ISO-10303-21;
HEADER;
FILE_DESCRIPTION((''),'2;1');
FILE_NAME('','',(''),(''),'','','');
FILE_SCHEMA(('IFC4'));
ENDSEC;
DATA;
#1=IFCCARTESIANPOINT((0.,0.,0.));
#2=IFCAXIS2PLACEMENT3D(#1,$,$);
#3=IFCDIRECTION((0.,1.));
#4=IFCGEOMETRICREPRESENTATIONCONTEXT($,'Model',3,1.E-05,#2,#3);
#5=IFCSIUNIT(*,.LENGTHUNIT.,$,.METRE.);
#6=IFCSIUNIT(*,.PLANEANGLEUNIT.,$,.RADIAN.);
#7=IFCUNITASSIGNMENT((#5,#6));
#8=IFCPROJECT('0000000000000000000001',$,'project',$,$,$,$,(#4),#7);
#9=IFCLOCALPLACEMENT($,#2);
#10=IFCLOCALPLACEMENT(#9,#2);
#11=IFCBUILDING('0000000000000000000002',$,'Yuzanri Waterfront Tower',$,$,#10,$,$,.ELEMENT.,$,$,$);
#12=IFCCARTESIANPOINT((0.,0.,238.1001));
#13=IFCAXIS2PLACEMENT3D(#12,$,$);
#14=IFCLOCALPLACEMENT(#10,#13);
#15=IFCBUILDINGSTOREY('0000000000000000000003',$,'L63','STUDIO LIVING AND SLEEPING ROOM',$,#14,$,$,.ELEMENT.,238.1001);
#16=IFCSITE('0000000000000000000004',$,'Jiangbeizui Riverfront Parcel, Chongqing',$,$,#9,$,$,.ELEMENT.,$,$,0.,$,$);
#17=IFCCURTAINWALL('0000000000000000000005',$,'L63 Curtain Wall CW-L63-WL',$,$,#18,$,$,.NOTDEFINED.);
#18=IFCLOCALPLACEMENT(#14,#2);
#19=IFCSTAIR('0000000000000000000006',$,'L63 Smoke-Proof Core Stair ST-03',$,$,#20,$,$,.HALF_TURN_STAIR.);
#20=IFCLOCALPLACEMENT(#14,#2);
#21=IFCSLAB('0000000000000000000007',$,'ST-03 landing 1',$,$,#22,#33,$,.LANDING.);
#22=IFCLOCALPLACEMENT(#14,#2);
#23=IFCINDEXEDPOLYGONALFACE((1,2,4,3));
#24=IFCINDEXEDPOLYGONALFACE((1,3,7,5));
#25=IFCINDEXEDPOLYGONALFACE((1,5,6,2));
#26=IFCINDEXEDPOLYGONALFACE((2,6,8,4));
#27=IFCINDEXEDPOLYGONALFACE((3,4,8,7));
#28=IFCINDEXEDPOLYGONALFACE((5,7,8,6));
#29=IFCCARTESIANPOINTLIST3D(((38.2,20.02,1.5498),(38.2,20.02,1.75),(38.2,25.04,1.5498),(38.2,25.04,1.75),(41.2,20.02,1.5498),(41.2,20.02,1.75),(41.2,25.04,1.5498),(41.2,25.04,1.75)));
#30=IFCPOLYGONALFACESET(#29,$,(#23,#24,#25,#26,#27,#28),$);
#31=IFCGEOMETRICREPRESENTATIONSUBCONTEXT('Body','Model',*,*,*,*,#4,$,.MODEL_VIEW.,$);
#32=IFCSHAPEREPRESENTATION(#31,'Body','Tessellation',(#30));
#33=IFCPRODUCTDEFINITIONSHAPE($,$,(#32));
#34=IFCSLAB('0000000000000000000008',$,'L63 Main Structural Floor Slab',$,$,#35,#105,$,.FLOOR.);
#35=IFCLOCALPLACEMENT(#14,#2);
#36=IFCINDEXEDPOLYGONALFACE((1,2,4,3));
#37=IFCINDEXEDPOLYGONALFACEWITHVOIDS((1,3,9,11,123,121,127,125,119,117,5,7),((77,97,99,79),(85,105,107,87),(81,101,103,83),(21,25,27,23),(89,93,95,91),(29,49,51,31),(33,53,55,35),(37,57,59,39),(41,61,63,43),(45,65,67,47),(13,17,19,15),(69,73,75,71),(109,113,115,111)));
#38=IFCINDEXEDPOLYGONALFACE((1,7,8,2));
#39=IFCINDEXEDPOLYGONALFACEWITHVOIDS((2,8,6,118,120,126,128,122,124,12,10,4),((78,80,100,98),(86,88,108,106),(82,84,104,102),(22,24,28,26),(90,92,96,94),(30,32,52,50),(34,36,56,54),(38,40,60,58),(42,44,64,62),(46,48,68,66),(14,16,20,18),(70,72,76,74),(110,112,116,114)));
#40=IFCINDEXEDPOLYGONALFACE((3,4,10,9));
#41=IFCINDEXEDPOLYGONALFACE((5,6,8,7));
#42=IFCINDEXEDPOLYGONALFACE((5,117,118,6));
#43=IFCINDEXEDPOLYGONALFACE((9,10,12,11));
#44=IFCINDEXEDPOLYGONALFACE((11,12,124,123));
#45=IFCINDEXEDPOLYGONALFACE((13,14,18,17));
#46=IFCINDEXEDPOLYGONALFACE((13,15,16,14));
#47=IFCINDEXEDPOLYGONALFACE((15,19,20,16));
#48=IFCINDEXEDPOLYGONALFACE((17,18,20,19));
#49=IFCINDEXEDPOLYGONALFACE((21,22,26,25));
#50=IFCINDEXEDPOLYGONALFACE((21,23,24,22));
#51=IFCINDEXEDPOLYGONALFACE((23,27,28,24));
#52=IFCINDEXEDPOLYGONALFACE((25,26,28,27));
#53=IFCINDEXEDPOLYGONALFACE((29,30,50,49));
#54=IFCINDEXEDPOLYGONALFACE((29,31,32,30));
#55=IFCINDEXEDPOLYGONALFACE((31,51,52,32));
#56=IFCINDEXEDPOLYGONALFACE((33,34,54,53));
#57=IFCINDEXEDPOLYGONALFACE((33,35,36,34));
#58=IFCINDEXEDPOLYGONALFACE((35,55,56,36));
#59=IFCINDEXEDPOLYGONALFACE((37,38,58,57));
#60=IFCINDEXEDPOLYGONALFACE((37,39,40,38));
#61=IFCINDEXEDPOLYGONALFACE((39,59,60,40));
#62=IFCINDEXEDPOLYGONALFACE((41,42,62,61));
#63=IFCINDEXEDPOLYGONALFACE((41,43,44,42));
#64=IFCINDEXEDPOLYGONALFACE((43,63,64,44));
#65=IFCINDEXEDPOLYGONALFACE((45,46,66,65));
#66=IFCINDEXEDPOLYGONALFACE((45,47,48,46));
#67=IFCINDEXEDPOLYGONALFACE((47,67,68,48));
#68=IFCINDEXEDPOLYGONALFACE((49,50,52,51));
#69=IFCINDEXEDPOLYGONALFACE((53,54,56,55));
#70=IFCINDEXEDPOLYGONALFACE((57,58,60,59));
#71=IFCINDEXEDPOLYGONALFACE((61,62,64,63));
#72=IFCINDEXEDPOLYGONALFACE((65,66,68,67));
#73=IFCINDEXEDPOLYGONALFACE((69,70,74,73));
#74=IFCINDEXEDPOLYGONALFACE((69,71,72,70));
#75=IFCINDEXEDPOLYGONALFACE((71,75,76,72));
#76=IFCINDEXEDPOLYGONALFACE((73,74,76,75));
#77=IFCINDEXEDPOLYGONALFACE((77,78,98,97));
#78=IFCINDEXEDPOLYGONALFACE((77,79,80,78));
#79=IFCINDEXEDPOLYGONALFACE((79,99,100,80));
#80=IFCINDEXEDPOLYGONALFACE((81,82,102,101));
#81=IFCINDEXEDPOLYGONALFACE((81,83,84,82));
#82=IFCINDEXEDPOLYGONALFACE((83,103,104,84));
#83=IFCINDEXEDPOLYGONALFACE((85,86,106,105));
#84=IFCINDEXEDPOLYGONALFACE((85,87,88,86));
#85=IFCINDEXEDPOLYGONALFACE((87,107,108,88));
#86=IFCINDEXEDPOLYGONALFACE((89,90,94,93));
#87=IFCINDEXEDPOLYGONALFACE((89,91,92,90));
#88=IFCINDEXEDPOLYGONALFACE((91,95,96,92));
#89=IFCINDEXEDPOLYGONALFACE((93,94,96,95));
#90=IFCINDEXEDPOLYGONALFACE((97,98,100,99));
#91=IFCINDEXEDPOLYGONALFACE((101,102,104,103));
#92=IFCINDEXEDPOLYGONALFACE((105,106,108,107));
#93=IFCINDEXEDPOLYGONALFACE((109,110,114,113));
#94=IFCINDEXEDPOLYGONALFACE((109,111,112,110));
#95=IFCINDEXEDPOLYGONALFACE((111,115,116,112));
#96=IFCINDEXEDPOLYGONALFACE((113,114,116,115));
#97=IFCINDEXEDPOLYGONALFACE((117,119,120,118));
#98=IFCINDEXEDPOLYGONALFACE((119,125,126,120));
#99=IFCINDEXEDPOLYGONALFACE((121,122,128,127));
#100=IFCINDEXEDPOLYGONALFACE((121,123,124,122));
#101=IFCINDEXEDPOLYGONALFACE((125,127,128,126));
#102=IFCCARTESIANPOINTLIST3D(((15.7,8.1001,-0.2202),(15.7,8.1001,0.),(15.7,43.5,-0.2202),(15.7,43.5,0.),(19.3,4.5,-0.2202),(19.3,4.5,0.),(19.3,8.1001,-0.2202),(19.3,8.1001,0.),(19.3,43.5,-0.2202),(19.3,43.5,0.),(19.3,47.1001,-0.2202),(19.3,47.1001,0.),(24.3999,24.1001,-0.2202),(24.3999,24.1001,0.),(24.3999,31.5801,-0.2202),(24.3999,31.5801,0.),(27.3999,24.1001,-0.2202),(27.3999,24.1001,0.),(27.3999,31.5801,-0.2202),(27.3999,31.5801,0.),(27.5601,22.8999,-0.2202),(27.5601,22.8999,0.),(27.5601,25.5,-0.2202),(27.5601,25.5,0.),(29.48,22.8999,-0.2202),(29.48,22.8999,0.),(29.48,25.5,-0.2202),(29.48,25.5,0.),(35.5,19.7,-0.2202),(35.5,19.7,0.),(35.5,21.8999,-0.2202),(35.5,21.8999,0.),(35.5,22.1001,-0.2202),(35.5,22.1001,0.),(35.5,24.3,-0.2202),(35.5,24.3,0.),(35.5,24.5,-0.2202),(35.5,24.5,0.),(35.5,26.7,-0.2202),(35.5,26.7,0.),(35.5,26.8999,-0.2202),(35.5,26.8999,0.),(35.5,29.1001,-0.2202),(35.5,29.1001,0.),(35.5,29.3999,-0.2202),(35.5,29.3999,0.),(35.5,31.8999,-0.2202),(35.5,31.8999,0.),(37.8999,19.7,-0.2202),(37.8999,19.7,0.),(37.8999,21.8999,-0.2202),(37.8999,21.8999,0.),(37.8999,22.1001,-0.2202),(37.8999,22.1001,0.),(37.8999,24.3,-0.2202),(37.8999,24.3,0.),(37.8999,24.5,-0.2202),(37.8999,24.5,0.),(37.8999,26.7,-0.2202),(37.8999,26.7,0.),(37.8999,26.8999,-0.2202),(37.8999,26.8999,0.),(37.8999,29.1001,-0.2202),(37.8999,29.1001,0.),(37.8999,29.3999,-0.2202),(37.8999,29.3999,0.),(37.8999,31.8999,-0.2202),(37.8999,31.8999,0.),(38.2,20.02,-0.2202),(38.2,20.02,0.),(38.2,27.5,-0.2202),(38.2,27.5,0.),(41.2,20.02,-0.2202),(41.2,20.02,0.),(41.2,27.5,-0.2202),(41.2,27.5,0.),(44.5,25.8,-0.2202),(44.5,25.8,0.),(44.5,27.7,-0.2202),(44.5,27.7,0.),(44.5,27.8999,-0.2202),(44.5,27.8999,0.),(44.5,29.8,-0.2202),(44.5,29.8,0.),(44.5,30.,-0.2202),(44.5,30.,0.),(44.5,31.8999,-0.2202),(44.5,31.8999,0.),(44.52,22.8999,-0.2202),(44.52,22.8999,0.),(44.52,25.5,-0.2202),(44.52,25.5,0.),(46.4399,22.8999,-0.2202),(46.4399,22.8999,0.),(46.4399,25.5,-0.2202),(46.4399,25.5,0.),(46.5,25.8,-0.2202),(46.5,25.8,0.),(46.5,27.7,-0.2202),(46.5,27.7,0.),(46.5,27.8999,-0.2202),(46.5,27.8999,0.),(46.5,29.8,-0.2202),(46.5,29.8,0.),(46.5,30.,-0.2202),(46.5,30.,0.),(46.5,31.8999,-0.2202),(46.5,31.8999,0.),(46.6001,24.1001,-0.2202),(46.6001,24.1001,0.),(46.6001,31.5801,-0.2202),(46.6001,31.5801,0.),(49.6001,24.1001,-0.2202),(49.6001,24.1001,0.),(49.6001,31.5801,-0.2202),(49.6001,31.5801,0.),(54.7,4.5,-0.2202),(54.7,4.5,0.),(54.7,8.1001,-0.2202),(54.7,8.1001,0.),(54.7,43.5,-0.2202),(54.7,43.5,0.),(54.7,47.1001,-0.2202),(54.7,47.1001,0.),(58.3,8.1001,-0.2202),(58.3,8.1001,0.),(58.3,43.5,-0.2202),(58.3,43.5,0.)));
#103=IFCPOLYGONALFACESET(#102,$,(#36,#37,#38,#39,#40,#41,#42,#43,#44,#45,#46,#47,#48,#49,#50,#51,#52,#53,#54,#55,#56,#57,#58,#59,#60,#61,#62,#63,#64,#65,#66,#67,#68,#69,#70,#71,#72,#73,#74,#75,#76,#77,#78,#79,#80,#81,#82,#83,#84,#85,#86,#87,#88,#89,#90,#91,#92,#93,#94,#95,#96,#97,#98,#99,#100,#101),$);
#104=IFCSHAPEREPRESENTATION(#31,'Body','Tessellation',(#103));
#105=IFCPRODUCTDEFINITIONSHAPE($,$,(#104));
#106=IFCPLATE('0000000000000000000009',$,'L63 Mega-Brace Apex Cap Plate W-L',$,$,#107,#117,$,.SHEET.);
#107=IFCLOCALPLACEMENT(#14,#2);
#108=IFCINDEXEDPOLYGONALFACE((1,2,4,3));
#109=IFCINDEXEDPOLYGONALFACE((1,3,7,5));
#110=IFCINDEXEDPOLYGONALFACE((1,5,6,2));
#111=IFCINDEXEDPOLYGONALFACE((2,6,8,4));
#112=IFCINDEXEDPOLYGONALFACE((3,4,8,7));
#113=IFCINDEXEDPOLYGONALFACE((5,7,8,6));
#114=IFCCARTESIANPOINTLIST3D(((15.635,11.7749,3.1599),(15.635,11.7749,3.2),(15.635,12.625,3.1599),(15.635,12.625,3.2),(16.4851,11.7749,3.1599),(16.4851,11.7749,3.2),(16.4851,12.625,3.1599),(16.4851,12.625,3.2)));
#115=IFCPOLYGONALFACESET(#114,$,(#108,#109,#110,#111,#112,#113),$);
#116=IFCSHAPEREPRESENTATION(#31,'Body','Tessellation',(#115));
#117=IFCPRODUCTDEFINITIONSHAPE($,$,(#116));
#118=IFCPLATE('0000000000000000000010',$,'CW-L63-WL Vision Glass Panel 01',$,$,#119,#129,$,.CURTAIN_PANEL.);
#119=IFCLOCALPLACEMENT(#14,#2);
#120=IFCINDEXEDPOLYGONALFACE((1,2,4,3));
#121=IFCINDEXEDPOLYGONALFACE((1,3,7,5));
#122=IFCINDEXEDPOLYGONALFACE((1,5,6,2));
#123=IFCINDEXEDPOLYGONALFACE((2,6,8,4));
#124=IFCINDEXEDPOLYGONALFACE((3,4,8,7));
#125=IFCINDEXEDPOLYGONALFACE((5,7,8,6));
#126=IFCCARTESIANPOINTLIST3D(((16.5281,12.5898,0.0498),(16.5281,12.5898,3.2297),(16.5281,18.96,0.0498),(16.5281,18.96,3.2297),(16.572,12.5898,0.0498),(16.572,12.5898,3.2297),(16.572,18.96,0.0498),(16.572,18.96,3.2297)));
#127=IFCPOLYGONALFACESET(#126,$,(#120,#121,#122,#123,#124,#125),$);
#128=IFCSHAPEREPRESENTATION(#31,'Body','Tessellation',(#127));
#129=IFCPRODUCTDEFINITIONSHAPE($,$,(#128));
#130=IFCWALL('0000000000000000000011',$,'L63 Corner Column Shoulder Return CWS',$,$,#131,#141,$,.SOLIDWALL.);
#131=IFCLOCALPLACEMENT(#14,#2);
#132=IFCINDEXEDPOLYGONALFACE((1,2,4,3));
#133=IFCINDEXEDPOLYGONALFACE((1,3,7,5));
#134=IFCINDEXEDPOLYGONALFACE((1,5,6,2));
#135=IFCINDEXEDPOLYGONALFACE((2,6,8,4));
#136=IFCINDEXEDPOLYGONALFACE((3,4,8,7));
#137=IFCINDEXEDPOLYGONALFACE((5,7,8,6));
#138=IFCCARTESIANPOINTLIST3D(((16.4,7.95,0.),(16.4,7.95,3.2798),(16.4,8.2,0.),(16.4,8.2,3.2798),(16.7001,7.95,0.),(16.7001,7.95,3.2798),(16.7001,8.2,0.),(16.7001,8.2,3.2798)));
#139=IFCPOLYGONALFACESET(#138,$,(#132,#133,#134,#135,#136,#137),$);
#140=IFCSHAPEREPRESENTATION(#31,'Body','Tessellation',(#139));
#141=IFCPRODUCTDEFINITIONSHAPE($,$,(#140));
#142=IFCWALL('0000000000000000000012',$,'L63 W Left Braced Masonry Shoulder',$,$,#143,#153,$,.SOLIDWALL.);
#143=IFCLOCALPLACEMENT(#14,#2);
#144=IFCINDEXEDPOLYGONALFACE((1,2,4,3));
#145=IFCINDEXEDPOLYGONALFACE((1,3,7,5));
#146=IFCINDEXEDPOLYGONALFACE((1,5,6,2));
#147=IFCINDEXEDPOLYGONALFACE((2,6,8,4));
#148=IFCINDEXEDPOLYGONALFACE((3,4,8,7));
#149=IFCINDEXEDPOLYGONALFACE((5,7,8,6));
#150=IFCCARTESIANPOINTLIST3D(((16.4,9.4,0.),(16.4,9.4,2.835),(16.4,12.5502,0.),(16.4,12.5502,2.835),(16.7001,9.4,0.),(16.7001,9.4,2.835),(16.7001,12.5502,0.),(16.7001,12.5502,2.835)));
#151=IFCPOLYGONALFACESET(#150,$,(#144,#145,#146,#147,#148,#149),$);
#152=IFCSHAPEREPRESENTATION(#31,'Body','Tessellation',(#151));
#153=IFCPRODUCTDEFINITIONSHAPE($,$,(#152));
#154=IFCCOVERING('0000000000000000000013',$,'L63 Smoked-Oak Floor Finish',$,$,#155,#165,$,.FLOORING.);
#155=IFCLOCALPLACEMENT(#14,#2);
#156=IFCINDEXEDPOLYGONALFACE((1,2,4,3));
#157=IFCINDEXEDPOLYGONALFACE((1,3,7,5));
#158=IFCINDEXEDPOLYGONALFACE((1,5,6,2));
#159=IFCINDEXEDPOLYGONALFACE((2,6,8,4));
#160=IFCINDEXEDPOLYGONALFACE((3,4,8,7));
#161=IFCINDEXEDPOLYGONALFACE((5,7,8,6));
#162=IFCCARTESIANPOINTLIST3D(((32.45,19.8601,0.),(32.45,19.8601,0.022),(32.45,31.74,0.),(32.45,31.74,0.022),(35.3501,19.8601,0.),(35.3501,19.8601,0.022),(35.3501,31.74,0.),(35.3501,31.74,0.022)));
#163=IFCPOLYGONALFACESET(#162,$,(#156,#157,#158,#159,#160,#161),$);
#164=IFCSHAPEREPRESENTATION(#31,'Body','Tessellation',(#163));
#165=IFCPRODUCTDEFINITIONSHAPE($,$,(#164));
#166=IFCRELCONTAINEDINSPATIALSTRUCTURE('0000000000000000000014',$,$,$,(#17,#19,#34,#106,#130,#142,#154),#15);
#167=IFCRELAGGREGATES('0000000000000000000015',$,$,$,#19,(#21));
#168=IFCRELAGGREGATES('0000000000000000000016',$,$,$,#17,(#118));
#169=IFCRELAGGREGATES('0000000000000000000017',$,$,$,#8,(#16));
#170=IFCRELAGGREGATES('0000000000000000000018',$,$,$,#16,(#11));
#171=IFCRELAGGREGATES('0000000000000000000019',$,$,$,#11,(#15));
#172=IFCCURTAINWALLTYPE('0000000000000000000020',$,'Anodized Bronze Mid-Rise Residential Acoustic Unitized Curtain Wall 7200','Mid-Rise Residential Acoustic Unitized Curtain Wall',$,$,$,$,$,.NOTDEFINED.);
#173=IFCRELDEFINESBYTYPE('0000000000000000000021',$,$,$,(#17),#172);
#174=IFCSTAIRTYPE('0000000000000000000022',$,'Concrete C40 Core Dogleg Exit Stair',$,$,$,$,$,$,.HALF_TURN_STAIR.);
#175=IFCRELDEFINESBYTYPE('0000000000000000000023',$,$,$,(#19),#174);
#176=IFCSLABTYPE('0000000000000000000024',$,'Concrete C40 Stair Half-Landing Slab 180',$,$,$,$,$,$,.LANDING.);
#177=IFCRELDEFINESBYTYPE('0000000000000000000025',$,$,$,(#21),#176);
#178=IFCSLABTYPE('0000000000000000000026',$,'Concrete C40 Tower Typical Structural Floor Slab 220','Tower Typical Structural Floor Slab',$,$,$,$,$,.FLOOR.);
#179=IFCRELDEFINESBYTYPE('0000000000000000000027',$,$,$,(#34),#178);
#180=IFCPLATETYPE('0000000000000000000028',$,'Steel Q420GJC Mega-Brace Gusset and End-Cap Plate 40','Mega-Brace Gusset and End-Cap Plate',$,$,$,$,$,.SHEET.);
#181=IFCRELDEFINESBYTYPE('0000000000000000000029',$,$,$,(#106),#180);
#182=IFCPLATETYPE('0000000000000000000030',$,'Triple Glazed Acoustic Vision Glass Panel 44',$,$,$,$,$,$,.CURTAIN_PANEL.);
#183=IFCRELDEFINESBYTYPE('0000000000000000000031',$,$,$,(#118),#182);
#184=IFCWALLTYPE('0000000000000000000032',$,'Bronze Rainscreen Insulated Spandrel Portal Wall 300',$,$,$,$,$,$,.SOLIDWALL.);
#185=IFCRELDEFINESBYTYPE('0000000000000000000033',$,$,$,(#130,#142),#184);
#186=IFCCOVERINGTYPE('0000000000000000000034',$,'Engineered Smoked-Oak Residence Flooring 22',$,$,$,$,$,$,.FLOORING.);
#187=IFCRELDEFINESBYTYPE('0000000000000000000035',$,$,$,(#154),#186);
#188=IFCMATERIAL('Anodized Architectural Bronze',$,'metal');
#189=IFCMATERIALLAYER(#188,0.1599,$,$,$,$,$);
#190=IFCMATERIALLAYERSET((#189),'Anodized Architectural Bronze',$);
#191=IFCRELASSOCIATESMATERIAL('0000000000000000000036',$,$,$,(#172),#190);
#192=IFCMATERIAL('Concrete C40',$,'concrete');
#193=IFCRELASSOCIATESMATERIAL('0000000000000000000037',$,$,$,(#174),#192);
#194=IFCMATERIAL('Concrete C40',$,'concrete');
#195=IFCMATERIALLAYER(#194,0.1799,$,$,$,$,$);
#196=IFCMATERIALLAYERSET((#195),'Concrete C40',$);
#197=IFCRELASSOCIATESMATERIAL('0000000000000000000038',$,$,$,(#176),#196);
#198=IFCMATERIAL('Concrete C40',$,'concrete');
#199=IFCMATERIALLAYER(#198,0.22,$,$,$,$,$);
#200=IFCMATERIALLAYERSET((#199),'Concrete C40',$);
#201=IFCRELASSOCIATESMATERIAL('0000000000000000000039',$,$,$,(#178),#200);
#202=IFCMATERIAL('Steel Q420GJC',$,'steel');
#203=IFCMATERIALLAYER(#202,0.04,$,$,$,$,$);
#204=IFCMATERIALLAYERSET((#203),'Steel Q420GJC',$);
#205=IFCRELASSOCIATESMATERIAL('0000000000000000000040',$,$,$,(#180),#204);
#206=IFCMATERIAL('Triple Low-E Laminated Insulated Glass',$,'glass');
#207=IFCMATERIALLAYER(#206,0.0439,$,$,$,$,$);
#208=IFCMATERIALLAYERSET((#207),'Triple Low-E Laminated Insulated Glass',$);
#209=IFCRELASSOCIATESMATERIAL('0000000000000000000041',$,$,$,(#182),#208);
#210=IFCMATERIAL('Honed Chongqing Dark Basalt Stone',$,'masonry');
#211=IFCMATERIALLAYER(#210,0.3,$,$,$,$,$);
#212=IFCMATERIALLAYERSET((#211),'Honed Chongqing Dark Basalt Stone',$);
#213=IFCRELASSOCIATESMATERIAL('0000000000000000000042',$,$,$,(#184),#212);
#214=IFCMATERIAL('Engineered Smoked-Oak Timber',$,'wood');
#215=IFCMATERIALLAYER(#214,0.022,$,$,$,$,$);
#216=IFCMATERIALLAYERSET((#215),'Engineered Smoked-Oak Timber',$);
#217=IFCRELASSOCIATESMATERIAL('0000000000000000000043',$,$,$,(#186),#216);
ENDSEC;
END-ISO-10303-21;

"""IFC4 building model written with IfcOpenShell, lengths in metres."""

from ifc_helpers import new_model, si_unit, direction, frame, frame_2d, origin, origin_2d, place, context, subcontext, project, spatial, polyline, rectangle, outline, extrude, source, transform, mapped, material, layer, layer_set, type_object, element, aggregate, save


model = new_model("IFC4")

# Units and contexts
model_context = context("Model", 3, precision=1e-05, world=origin(), true_north=direction((0.0, 1.0)))
body_context = subcontext(model_context, "Body", "Model", "MODEL_VIEW")
ifc_project = project(units=[si_unit("LENGTHUNIT", "METRE"), si_unit("PLANEANGLEUNIT", "RADIAN")], contexts=[model_context])

# Site, building, storey
site_placement = place(None, origin())
site = spatial("IfcSite", under=ifc_project, at=site_placement, Name="Jiangbeizui Riverfront Parcel, Chongqing", CompositionType="ELEMENT", RefElevation=0.0)
building_placement = place(site_placement, origin())
building = spatial("IfcBuilding", under=site, at=building_placement, Name="Yuzanri Waterfront Tower", CompositionType="ELEMENT")
storey_placement = place(building_placement, frame((0.0, 0.0, 238.1001)))
storey = spatial("IfcBuildingStorey", under=building, at=storey_placement, Name="L63", Description="STUDIO LIVING AND SLEEPING ROOM", CompositionType="ELEMENT", Elevation=238.1001)

# Curtain wall
ifc_material_1 = material(Name="Anodized Architectural Bronze", Category="metal")
ifc_layer_1 = layer(ifc_material_1, 0.1599)
ifc_layer_set_1 = layer_set([ifc_layer_1], Name="Anodized Architectural Bronze")
curtain_wall_type = type_object("IfcCurtainWallType", Name="Anodized Bronze Mid-Rise Residential Acoustic Unitized Curtain Wall 7200", Description="Mid-Rise Residential Acoustic Unitized Curtain Wall", PredefinedType="NOTDEFINED", material=ifc_layer_set_1)
curtain_wall_placement = place(storey_placement, origin())
curtain_wall = element("IfcCurtainWall", 1, at=curtain_wall_placement, inside=storey, type_object=curtain_wall_type, Name="L63 Curtain Wall CW-L63-WL", PredefinedType="NOTDEFINED")

# Stair, slab
ifc_material_2 = material(Name="Concrete C40", Category="concrete")
stair_type = type_object("IfcStairType", Name="Concrete C40 Core Dogleg Exit Stair", PredefinedType="HALF_TURN_STAIR", material=ifc_material_2)
ifc_material_3 = material(Name="Concrete C40", Category="concrete")
ifc_layer_2 = layer(ifc_material_3, 0.1799)
ifc_layer_set_2 = layer_set([ifc_layer_2], Name="Concrete C40")
slab_type_1 = type_object("IfcSlabType", Name="Concrete C40 Stair Half-Landing Slab 180", PredefinedType="LANDING", material=ifc_layer_set_2)
stair_1_placement = place(storey_placement, origin())
stair_1 = element("IfcStair", 2, at=stair_1_placement, inside=storey, type_object=stair_type, Name="L63 Smoke-Proof Core Stair ST-03", PredefinedType="HALF_TURN_STAIR")
slab_1_placement = place(storey_placement, frame((0.0, 0.0, 1.5498)))
slab_1 = element("IfcSlab", 3, at=slab_1_placement, type_object=slab_type_1, Name="ST-03 landing 1", PredefinedType="LANDING", context=body_context, shape_type="SweptSolid", body=[
    extrude(outline(polyline([(38.2, 25.04), (38.2, 20.02), (41.2, 20.02), (41.2, 25.04), (38.2, 25.04)])), origin(), (0.0, 0.0, 1.0), 0.2002),
])
aggregate(stair_1, [slab_1])

# Slab
ifc_material_4 = material(Name="Concrete C40", Category="concrete")
ifc_layer_3 = layer(ifc_material_4, 0.22)
ifc_layer_set_3 = layer_set([ifc_layer_3], Name="Concrete C40")
slab_type_2 = type_object("IfcSlabType", Name="Concrete C40 Tower Typical Structural Floor Slab 220", Description="Tower Typical Structural Floor Slab", PredefinedType="FLOOR", material=ifc_layer_set_3)
slab_2_placement = place(storey_placement, frame((0.0, 0.0, -0.2202)))
element("IfcSlab", 4, at=slab_2_placement, inside=storey, type_object=slab_type_2, Name="L63 Main Structural Floor Slab", PredefinedType="FLOOR", context=body_context, shape_type="SweptSolid", body=[
    extrude(outline(polyline([(19.3, 4.5), (54.7, 4.5), (54.7, 8.1001), (58.3, 8.1001), (58.3, 43.5), (54.7, 43.5), (54.7, 47.1001), (19.3, 47.1001), (19.3, 43.5), (15.7, 43.5), (15.7, 8.1001), (19.3, 8.1001), (19.3, 4.5)]), holes=[polyline([(27.3999, 24.1001), (27.3999, 31.5801), (24.3999, 31.5801), (24.3999, 24.1001), (27.3999, 24.1001)]), polyline([(49.6001, 24.1001), (49.6001, 31.5801), (46.6001, 31.5801), (46.6001, 24.1001), (49.6001, 24.1001)]), polyline([(38.2, 27.5), (38.2, 20.02), (41.2, 20.02), (41.2, 27.5), (38.2, 27.5)]), polyline([(27.5601, 22.8999), (29.48, 22.8999), (29.48, 25.5), (27.5601, 25.5), (27.5601, 22.8999)]), polyline([(44.52, 22.8999), (46.4399, 22.8999), (46.4399, 25.5), (44.52, 25.5), (44.52, 22.8999)]), polyline([(35.5, 19.7), (37.8999, 19.7), (37.8999, 21.8999), (35.5, 21.8999), (35.5, 19.7)]), polyline([(35.5, 22.1001), (37.8999, 22.1001), (37.8999, 24.3), (35.5, 24.3), (35.5, 22.1001)]), polyline([(35.5, 24.5), (37.8999, 24.5), (37.8999, 26.7), (35.5, 26.7), (35.5, 24.5)]), polyline([(35.5, 26.8999), (37.8999, 26.8999), (37.8999, 29.1001), (35.5, 29.1001), (35.5, 26.8999)]), polyline([(35.5, 29.3999), (37.8999, 29.3999), (37.8999, 31.8999), (35.5, 31.8999), (35.5, 29.3999)]), polyline([(44.5, 25.8), (46.5, 25.8), (46.5, 27.7), (44.5, 27.7), (44.5, 25.8)]), polyline([(44.5, 27.8999), (46.5, 27.8999), (46.5, 29.8), (44.5, 29.8), (44.5, 27.8999)]), polyline([(44.5, 30.0), (46.5, 30.0), (46.5, 31.8999), (44.5, 31.8999), (44.5, 30.0)])]), origin(), (0.0, 0.0, 1.0), 0.2202),
])

# Plates
ifc_material_5 = material(Name="Steel Q420GJC", Category="steel")
ifc_layer_4 = layer(ifc_material_5, 0.04)
ifc_layer_set_4 = layer_set([ifc_layer_4], Name="Steel Q420GJC")
plate_type_1 = type_object("IfcPlateType", Name="Steel Q420GJC Mega-Brace Gusset and End-Cap Plate 40", Description="Mega-Brace Gusset and End-Cap Plate", PredefinedType="SHEET", material=ifc_layer_set_4)
shared_shape_1 = source(origin(), body_context, "Body", "SweptSolid", [
    extrude(rectangle(XDim=0.8501, YDim=0.8501, at=origin_2d()), origin(), (0.0, 0.0, 1.0), 0.04),
])
plate_1_placement = place(storey_placement, frame((16.0601, 12.2, 3.1599), z_axis=(0.0, 0.0, 1.0), x_axis=(1.0, 0.0, 0.0)))
element("IfcPlate", 5, at=plate_1_placement, inside=storey, type_object=plate_type_1, Name="L63 Mega-Brace Apex Cap Plate W-L", PredefinedType="SHEET", context=body_context, shape_type="MappedRepresentation", body=[
    mapped(shared_shape_1, transform((0.0, 0.0, 0.0), scale=1.0)),
])
ifc_material_6 = material(Name="Triple Low-E Laminated Insulated Glass", Category="glass")
ifc_layer_5 = layer(ifc_material_6, 0.0439)
ifc_layer_set_5 = layer_set([ifc_layer_5], Name="Triple Low-E Laminated Insulated Glass")
plate_type_2 = type_object("IfcPlateType", Name="Triple Glazed Acoustic Vision Glass Panel 44", PredefinedType="CURTAIN_PANEL", material=ifc_layer_set_5)
shared_shape_2 = source(origin(), body_context, "Body", "SweptSolid", [
    extrude(rectangle(XDim=6.3701, YDim=0.0439, at=origin_2d()), origin(), (0.0, 0.0, 1.0), 3.1799),
])
plate_2_placement = place(storey_placement, frame((16.55, 15.7749, 0.0498), z_axis=(0.0, 0.0, 1.0), x_axis=(0.0, 1.0, 0.0)))
plate_2 = element("IfcPlate", 6, at=plate_2_placement, type_object=plate_type_2, Name="CW-L63-WL Vision Glass Panel 01", PredefinedType="CURTAIN_PANEL", context=body_context, shape_type="MappedRepresentation", body=[
    mapped(shared_shape_2, transform((0.0, 0.0, 0.0), scale=1.0)),
])
aggregate(curtain_wall, [plate_2])

# Walls
ifc_material_7 = material(Name="Honed Chongqing Dark Basalt Stone", Category="masonry")
ifc_layer_6 = layer(ifc_material_7, 0.3)
ifc_layer_set_6 = layer_set([ifc_layer_6], Name="Honed Chongqing Dark Basalt Stone")
wall_type = type_object("IfcWallType", Name="Bronze Rainscreen Insulated Spandrel Portal Wall 300", PredefinedType="SOLIDWALL", material=ifc_layer_set_6)
shared_shape_3 = source(origin(), body_context, "Body", "SweptSolid", [
    extrude(rectangle(XDim=0.25, YDim=0.3, at=frame_2d((0.125, 0.0))), origin(), (0.0, 0.0, 1.0), 3.2798),
])
wall_1_placement = place(storey_placement, frame((16.55, 7.95, 0.0), z_axis=(0.0, 0.0, 1.0), x_axis=(0.0, 1.0, 0.0)))
element("IfcWall", 7, at=wall_1_placement, inside=storey, type_object=wall_type, Name="L63 Corner Column Shoulder Return CWS", PredefinedType="SOLIDWALL", context=body_context, shape_type="MappedRepresentation", body=[
    mapped(shared_shape_3, transform((0.0, 0.0, 0.0), scale=1.0)),
])
shared_shape_4 = source(origin(), body_context, "Body", "SweptSolid", [
    extrude(rectangle(XDim=3.1501, YDim=0.3, at=frame_2d((1.5752, 0.0))), origin(), (0.0, 0.0, 1.0), 2.835),
])
wall_2_placement = place(storey_placement, frame((16.55, 9.3999, 0.0), z_axis=(0.0, 0.0, 1.0), x_axis=(0.0, 1.0, 0.0)))
element("IfcWall", 8, at=wall_2_placement, inside=storey, type_object=wall_type, Name="L63 W Left Braced Masonry Shoulder", PredefinedType="SOLIDWALL", context=body_context, shape_type="MappedRepresentation", body=[
    mapped(shared_shape_4, transform((0.0, 0.0, 0.0), scale=1.0)),
])

# Covering
ifc_material_8 = material(Name="Engineered Smoked-Oak Timber", Category="wood")
ifc_layer_7 = layer(ifc_material_8, 0.022)
ifc_layer_set_7 = layer_set([ifc_layer_7], Name="Engineered Smoked-Oak Timber")
covering_type_1 = type_object("IfcCoveringType", Name="Engineered Smoked-Oak Residence Flooring 22", PredefinedType="FLOORING", material=ifc_layer_set_7)
covering_1_placement = place(storey_placement, origin())
element("IfcCovering", 9, at=covering_1_placement, inside=storey, type_object=covering_type_1, Name="L63 Smoked-Oak Floor Finish", PredefinedType="FLOORING", context=body_context, shape_type="SweptSolid", body=[
    extrude(outline(polyline([(32.45, 19.8601), (35.3501, 19.8601), (35.3501, 31.74), (32.45, 31.74), (32.45, 19.8601)])), origin(), (0.0, 0.0, 1.0), 0.022),
])

save(model, "model.ifc")
